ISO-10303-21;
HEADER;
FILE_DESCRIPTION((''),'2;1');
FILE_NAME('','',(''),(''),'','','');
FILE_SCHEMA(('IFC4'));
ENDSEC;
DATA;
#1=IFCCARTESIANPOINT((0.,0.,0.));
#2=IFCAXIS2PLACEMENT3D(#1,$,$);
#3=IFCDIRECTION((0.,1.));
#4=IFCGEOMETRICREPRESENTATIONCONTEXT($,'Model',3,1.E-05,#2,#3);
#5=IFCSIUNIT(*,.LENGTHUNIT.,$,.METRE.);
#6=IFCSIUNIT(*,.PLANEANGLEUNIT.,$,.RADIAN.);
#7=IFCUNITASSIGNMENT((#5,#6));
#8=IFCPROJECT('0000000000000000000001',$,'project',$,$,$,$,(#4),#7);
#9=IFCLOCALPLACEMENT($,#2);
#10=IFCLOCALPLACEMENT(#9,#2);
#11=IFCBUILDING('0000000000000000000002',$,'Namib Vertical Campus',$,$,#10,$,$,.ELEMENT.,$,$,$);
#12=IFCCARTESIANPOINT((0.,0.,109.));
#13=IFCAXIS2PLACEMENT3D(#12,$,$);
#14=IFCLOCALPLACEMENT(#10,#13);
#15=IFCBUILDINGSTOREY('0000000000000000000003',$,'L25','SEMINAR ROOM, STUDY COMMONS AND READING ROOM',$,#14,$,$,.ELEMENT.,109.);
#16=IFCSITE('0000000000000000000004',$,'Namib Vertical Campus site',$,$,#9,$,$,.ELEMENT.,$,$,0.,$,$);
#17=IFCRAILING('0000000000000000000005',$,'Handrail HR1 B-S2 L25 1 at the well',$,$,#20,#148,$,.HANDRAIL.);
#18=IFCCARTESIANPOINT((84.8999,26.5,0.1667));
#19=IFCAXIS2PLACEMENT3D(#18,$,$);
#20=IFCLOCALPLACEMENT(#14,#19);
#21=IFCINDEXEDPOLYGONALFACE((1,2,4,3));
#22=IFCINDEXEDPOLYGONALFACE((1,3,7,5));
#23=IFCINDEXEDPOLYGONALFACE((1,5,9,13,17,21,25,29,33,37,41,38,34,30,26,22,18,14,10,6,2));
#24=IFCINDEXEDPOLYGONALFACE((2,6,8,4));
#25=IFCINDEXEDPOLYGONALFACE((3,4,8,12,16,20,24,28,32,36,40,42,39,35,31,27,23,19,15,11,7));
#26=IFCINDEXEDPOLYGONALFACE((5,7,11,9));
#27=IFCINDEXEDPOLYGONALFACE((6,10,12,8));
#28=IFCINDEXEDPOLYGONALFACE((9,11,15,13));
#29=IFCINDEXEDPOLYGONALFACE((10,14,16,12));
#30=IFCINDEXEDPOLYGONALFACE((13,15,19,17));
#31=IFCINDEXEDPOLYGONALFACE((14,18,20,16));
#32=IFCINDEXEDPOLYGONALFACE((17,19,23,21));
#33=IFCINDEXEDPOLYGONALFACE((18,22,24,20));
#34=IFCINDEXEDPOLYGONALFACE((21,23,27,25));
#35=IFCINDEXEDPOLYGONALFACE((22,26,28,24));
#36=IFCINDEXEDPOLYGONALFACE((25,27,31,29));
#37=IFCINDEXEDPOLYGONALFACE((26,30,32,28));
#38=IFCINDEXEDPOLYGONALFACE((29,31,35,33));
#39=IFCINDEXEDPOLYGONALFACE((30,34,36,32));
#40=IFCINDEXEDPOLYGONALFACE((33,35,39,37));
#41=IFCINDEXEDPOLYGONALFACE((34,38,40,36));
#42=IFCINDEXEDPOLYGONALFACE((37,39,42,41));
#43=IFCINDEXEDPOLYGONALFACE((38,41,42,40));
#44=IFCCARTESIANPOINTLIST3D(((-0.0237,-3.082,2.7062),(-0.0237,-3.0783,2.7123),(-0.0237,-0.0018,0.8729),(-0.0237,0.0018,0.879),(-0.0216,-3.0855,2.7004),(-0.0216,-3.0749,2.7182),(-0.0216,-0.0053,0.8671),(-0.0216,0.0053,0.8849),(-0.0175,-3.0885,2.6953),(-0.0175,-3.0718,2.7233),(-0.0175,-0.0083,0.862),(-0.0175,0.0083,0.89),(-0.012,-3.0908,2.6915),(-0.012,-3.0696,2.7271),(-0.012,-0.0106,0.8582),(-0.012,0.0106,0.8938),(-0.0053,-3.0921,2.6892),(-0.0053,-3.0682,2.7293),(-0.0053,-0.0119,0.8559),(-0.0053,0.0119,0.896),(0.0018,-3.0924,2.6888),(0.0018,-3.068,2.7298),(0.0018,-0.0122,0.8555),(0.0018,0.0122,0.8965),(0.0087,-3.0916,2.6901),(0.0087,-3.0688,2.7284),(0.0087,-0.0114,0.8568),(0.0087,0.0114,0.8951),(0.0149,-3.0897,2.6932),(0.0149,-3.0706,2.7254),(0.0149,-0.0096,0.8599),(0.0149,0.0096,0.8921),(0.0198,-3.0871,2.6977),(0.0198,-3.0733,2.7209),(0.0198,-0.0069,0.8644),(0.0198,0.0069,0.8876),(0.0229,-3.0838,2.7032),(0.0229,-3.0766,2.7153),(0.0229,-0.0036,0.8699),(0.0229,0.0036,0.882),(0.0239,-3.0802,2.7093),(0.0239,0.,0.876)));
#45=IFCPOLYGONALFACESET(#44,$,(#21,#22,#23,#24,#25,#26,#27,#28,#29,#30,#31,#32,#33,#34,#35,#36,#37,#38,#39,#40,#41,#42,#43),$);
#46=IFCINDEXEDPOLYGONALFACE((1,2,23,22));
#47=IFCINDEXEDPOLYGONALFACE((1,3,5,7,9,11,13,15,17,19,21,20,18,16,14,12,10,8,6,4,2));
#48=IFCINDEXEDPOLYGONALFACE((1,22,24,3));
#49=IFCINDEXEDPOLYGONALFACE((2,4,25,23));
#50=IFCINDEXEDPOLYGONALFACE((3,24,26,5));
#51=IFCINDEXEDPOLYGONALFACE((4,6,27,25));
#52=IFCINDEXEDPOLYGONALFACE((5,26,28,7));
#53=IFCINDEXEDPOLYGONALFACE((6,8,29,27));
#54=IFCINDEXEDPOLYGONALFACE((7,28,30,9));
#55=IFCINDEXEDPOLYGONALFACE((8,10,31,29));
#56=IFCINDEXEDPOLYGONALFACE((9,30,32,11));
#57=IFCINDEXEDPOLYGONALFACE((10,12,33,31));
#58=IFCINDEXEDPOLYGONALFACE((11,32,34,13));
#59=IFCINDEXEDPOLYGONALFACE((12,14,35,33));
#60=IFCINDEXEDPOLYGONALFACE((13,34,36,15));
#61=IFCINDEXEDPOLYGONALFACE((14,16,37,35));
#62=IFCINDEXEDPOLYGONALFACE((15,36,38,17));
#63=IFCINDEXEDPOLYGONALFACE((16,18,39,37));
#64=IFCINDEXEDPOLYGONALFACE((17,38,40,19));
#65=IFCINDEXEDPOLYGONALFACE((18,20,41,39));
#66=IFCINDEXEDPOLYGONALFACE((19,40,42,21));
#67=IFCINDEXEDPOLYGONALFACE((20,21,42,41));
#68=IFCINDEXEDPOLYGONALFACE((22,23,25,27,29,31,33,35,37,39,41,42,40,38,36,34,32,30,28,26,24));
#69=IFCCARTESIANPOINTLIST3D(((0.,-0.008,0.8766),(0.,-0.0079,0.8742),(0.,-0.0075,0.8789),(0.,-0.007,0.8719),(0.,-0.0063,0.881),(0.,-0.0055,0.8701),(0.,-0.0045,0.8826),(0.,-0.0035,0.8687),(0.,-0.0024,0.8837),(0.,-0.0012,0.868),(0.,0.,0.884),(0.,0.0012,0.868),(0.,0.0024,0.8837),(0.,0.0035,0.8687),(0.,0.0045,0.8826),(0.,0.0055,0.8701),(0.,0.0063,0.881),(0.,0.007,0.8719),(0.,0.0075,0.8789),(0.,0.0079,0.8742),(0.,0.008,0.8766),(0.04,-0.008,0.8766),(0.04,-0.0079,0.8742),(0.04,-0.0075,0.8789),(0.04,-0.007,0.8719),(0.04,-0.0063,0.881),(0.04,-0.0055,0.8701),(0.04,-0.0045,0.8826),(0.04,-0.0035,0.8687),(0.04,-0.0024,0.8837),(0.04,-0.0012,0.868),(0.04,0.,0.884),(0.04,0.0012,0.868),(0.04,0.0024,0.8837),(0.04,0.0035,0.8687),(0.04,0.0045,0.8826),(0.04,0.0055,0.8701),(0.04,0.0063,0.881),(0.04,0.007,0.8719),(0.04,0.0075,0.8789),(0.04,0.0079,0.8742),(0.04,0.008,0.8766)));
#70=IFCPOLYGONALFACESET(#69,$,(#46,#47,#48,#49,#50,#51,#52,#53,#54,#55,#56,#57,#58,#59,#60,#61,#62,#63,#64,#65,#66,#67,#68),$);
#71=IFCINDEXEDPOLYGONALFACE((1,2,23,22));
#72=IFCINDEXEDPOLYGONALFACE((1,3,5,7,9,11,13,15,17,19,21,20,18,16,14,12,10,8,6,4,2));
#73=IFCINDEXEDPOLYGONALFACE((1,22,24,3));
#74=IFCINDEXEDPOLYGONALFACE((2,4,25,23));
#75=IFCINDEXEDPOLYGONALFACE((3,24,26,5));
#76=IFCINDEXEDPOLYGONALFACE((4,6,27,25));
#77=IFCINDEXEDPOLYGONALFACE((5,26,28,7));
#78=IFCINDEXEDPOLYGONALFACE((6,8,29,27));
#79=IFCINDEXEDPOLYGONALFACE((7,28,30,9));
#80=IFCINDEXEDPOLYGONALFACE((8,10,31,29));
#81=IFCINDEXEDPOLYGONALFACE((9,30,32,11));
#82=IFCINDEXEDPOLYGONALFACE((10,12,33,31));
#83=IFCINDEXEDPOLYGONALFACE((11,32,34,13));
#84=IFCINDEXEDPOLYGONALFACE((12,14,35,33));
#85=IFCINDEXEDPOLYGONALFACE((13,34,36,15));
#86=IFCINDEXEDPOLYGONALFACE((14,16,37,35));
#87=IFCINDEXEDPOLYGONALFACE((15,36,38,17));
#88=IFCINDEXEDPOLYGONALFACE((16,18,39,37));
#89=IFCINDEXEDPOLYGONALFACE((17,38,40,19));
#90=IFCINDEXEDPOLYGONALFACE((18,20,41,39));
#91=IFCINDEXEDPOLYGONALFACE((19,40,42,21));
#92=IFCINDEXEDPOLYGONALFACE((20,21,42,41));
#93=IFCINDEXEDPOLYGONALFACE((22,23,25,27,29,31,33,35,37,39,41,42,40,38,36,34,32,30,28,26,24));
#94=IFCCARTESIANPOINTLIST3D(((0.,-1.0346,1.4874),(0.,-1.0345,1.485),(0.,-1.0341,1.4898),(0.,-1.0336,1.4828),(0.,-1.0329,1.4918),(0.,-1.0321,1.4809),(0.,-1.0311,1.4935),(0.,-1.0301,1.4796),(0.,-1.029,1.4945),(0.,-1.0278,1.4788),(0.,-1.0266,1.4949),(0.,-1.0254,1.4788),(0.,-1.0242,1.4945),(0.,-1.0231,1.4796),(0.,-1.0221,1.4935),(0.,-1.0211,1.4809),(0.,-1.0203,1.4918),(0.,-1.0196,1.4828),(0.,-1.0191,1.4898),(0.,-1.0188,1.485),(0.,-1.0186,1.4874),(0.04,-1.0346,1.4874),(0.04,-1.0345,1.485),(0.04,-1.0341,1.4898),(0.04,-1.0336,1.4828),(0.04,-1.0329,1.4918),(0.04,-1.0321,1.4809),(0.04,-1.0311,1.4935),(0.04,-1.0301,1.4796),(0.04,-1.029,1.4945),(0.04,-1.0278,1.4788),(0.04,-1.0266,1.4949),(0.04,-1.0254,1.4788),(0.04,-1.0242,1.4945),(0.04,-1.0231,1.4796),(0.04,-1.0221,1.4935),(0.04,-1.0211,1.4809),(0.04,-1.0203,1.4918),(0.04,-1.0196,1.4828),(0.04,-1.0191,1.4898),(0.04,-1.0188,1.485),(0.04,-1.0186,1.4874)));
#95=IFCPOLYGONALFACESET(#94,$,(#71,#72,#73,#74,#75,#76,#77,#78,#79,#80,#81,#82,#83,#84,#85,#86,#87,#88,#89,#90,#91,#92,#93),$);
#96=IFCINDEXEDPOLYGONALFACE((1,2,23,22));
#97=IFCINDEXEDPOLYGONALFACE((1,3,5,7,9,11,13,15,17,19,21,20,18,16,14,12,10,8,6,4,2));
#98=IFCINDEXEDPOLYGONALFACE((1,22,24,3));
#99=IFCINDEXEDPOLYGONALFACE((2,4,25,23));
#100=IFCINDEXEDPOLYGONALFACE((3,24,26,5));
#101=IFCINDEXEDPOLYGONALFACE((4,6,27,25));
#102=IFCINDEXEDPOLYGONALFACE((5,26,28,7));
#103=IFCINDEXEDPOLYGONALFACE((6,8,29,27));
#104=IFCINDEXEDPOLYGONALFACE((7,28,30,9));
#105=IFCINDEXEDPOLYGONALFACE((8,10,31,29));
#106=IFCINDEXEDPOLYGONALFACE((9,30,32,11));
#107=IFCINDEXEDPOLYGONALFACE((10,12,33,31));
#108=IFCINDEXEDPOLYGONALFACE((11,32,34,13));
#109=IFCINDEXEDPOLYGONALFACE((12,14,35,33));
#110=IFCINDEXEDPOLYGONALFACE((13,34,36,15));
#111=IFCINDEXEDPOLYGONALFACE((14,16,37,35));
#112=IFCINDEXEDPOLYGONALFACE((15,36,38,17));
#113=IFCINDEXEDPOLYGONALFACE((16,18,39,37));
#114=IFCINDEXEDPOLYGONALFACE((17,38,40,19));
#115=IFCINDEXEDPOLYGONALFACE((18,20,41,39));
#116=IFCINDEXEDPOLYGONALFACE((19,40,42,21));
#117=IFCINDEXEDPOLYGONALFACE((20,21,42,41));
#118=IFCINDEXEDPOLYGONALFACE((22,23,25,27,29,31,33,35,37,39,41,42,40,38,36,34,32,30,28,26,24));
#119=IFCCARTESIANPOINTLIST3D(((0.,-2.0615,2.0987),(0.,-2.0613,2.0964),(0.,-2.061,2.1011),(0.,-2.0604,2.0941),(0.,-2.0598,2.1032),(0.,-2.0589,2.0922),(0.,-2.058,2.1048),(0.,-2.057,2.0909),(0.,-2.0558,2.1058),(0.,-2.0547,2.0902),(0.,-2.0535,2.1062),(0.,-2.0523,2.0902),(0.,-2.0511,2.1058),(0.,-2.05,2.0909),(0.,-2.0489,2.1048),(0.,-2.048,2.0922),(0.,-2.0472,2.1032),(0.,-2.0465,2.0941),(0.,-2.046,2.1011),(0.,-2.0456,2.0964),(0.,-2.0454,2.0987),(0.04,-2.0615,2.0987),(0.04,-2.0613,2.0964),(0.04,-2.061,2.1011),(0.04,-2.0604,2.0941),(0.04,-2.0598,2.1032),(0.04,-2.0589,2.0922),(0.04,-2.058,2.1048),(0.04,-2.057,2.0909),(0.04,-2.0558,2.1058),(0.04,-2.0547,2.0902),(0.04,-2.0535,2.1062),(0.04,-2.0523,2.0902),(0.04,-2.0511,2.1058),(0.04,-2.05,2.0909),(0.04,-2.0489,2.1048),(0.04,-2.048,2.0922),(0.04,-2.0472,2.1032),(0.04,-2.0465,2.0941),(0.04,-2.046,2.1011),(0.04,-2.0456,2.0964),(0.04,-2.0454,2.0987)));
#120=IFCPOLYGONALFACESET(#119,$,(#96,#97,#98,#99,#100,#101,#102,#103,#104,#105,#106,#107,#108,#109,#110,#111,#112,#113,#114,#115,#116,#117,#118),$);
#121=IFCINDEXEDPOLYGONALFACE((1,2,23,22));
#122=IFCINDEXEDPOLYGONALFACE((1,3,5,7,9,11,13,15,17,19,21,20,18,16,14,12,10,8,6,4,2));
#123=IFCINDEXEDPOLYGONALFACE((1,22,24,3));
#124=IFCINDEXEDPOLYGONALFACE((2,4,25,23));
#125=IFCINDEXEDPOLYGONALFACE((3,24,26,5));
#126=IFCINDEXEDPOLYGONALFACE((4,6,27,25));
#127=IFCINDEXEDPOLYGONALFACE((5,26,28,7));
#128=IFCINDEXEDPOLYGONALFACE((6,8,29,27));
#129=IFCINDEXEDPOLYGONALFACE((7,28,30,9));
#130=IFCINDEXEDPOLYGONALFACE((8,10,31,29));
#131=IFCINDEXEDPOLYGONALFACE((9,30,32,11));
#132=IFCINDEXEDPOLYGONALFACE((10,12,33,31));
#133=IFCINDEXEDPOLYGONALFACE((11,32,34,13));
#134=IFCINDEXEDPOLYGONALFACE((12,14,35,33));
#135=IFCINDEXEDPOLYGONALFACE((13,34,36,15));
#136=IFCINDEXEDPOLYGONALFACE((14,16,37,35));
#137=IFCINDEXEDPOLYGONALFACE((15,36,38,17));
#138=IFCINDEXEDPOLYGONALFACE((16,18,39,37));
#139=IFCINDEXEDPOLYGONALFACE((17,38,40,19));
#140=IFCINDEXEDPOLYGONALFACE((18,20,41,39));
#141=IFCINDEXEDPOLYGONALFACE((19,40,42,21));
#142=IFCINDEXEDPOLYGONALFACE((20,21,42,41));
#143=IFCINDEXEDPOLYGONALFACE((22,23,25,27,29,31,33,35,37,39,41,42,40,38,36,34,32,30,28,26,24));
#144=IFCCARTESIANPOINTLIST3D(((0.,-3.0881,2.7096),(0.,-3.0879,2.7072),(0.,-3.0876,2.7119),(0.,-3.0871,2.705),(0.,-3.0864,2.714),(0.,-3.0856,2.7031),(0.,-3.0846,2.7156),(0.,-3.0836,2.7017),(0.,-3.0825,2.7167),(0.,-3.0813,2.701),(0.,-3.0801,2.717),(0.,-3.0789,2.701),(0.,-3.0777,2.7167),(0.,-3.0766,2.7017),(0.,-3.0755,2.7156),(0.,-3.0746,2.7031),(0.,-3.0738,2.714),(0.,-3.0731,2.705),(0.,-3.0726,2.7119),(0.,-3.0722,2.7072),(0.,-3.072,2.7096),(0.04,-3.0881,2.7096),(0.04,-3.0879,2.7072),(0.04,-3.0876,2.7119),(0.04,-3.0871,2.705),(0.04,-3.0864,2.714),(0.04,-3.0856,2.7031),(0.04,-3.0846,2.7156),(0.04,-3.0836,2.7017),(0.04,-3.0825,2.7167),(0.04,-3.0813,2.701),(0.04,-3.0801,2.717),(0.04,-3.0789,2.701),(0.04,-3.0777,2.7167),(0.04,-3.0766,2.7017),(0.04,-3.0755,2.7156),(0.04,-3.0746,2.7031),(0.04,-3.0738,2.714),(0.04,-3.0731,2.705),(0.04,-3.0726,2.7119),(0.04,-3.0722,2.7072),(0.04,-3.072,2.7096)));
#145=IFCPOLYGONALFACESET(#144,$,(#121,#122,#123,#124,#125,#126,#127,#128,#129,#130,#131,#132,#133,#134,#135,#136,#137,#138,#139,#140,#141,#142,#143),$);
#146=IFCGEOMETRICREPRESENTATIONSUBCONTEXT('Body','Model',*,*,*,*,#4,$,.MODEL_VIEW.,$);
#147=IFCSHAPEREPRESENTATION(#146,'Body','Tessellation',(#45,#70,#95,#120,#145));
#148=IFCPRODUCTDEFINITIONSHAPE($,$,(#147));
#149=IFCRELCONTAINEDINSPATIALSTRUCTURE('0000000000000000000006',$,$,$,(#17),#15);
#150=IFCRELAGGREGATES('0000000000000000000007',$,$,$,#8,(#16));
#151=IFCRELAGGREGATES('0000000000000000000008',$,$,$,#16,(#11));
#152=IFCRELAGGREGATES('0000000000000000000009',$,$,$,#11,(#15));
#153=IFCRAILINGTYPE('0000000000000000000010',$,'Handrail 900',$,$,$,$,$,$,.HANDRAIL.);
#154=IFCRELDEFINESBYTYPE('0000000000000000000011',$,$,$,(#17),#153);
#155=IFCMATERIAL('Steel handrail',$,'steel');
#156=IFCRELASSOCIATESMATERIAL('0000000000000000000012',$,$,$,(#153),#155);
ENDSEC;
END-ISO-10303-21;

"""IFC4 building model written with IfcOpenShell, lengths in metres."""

from ifc_helpers import new_model, si_unit, direction, frame, origin, origin_2d, place, context, subcontext, project, spatial, circle, extrude, material, type_object, element, save


model = new_model("IFC4")

# Units and contexts
model_context = context("Model", 3, precision=1e-05, world=origin(), true_north=direction((0.0, 1.0)))
body_context = subcontext(model_context, "Body", "Model", "MODEL_VIEW")
ifc_project = project(units=[si_unit("LENGTHUNIT", "METRE"), si_unit("PLANEANGLEUNIT", "RADIAN")], contexts=[model_context])

# Site, building, storey
site_placement = place(None, origin())
site = spatial("IfcSite", under=ifc_project, at=site_placement, Name="Namib Vertical Campus site", CompositionType="ELEMENT", RefElevation=0.0)
building_placement = place(site_placement, origin())
building = spatial("IfcBuilding", under=site, at=building_placement, Name="Namib Vertical Campus", CompositionType="ELEMENT")
storey_placement = place(building_placement, frame((0.0, 0.0, 109.0)))
storey = spatial("IfcBuildingStorey", under=building, at=storey_placement, Name="L25", Description="SEMINAR ROOM, STUDY COMMONS AND READING ROOM", CompositionType="ELEMENT", Elevation=109.0)

# Railing
ifc_material_1 = material(Name="Steel handrail", Category="steel")
railing_type_1 = type_object("IfcRailingType", Name="Handrail 900", PredefinedType="HANDRAIL", material=ifc_material_1)
railing_1_placement = place(storey_placement, frame((84.8999, 26.5, 0.1667)))
element("IfcRailing", 1, at=railing_1_placement, inside=storey, type_object=railing_type_1, Name="Handrail HR1 B-S2 L25 1 at the well", PredefinedType="HANDRAIL", context=body_context, shape_type="SweptSolid", body=[
    extrude(circle(Radius=0.0239, at=origin_2d()), frame((0.0, 0.0, 0.876), z_axis=(0.0, -0.859309, 0.511458), x_axis=(1.0, 0.0, 0.0)), (0.0, 0.0, 1.0), 3.5845),
    extrude(circle(Radius=0.0081, at=origin_2d()), frame((0.0, 0.0, 0.876), z_axis=(1.0, 0.0, 0.0), x_axis=(0.0, 0.0, 1.0)), (0.0, 0.0, 1.0), 0.04),
    extrude(circle(Radius=0.0081, at=origin_2d()), frame((0.0, -1.0266, 1.4868), z_axis=(1.0, 0.0, 0.0), x_axis=(0.0, 0.0, 1.0)), (0.0, 0.0, 1.0), 0.04),
    extrude(circle(Radius=0.0081, at=origin_2d()), frame((0.0, -2.0535, 2.0981), z_axis=(1.0, 0.0, 0.0), x_axis=(0.0, 0.0, 1.0)), (0.0, 0.0, 1.0), 0.04),
    extrude(circle(Radius=0.0081, at=origin_2d()), frame((0.0, -3.0801, 2.709), z_axis=(1.0, 0.0, 0.0), x_axis=(0.0, 0.0, 1.0)), (0.0, 0.0, 1.0), 0.04),
])

save(model, "model.ifc")
